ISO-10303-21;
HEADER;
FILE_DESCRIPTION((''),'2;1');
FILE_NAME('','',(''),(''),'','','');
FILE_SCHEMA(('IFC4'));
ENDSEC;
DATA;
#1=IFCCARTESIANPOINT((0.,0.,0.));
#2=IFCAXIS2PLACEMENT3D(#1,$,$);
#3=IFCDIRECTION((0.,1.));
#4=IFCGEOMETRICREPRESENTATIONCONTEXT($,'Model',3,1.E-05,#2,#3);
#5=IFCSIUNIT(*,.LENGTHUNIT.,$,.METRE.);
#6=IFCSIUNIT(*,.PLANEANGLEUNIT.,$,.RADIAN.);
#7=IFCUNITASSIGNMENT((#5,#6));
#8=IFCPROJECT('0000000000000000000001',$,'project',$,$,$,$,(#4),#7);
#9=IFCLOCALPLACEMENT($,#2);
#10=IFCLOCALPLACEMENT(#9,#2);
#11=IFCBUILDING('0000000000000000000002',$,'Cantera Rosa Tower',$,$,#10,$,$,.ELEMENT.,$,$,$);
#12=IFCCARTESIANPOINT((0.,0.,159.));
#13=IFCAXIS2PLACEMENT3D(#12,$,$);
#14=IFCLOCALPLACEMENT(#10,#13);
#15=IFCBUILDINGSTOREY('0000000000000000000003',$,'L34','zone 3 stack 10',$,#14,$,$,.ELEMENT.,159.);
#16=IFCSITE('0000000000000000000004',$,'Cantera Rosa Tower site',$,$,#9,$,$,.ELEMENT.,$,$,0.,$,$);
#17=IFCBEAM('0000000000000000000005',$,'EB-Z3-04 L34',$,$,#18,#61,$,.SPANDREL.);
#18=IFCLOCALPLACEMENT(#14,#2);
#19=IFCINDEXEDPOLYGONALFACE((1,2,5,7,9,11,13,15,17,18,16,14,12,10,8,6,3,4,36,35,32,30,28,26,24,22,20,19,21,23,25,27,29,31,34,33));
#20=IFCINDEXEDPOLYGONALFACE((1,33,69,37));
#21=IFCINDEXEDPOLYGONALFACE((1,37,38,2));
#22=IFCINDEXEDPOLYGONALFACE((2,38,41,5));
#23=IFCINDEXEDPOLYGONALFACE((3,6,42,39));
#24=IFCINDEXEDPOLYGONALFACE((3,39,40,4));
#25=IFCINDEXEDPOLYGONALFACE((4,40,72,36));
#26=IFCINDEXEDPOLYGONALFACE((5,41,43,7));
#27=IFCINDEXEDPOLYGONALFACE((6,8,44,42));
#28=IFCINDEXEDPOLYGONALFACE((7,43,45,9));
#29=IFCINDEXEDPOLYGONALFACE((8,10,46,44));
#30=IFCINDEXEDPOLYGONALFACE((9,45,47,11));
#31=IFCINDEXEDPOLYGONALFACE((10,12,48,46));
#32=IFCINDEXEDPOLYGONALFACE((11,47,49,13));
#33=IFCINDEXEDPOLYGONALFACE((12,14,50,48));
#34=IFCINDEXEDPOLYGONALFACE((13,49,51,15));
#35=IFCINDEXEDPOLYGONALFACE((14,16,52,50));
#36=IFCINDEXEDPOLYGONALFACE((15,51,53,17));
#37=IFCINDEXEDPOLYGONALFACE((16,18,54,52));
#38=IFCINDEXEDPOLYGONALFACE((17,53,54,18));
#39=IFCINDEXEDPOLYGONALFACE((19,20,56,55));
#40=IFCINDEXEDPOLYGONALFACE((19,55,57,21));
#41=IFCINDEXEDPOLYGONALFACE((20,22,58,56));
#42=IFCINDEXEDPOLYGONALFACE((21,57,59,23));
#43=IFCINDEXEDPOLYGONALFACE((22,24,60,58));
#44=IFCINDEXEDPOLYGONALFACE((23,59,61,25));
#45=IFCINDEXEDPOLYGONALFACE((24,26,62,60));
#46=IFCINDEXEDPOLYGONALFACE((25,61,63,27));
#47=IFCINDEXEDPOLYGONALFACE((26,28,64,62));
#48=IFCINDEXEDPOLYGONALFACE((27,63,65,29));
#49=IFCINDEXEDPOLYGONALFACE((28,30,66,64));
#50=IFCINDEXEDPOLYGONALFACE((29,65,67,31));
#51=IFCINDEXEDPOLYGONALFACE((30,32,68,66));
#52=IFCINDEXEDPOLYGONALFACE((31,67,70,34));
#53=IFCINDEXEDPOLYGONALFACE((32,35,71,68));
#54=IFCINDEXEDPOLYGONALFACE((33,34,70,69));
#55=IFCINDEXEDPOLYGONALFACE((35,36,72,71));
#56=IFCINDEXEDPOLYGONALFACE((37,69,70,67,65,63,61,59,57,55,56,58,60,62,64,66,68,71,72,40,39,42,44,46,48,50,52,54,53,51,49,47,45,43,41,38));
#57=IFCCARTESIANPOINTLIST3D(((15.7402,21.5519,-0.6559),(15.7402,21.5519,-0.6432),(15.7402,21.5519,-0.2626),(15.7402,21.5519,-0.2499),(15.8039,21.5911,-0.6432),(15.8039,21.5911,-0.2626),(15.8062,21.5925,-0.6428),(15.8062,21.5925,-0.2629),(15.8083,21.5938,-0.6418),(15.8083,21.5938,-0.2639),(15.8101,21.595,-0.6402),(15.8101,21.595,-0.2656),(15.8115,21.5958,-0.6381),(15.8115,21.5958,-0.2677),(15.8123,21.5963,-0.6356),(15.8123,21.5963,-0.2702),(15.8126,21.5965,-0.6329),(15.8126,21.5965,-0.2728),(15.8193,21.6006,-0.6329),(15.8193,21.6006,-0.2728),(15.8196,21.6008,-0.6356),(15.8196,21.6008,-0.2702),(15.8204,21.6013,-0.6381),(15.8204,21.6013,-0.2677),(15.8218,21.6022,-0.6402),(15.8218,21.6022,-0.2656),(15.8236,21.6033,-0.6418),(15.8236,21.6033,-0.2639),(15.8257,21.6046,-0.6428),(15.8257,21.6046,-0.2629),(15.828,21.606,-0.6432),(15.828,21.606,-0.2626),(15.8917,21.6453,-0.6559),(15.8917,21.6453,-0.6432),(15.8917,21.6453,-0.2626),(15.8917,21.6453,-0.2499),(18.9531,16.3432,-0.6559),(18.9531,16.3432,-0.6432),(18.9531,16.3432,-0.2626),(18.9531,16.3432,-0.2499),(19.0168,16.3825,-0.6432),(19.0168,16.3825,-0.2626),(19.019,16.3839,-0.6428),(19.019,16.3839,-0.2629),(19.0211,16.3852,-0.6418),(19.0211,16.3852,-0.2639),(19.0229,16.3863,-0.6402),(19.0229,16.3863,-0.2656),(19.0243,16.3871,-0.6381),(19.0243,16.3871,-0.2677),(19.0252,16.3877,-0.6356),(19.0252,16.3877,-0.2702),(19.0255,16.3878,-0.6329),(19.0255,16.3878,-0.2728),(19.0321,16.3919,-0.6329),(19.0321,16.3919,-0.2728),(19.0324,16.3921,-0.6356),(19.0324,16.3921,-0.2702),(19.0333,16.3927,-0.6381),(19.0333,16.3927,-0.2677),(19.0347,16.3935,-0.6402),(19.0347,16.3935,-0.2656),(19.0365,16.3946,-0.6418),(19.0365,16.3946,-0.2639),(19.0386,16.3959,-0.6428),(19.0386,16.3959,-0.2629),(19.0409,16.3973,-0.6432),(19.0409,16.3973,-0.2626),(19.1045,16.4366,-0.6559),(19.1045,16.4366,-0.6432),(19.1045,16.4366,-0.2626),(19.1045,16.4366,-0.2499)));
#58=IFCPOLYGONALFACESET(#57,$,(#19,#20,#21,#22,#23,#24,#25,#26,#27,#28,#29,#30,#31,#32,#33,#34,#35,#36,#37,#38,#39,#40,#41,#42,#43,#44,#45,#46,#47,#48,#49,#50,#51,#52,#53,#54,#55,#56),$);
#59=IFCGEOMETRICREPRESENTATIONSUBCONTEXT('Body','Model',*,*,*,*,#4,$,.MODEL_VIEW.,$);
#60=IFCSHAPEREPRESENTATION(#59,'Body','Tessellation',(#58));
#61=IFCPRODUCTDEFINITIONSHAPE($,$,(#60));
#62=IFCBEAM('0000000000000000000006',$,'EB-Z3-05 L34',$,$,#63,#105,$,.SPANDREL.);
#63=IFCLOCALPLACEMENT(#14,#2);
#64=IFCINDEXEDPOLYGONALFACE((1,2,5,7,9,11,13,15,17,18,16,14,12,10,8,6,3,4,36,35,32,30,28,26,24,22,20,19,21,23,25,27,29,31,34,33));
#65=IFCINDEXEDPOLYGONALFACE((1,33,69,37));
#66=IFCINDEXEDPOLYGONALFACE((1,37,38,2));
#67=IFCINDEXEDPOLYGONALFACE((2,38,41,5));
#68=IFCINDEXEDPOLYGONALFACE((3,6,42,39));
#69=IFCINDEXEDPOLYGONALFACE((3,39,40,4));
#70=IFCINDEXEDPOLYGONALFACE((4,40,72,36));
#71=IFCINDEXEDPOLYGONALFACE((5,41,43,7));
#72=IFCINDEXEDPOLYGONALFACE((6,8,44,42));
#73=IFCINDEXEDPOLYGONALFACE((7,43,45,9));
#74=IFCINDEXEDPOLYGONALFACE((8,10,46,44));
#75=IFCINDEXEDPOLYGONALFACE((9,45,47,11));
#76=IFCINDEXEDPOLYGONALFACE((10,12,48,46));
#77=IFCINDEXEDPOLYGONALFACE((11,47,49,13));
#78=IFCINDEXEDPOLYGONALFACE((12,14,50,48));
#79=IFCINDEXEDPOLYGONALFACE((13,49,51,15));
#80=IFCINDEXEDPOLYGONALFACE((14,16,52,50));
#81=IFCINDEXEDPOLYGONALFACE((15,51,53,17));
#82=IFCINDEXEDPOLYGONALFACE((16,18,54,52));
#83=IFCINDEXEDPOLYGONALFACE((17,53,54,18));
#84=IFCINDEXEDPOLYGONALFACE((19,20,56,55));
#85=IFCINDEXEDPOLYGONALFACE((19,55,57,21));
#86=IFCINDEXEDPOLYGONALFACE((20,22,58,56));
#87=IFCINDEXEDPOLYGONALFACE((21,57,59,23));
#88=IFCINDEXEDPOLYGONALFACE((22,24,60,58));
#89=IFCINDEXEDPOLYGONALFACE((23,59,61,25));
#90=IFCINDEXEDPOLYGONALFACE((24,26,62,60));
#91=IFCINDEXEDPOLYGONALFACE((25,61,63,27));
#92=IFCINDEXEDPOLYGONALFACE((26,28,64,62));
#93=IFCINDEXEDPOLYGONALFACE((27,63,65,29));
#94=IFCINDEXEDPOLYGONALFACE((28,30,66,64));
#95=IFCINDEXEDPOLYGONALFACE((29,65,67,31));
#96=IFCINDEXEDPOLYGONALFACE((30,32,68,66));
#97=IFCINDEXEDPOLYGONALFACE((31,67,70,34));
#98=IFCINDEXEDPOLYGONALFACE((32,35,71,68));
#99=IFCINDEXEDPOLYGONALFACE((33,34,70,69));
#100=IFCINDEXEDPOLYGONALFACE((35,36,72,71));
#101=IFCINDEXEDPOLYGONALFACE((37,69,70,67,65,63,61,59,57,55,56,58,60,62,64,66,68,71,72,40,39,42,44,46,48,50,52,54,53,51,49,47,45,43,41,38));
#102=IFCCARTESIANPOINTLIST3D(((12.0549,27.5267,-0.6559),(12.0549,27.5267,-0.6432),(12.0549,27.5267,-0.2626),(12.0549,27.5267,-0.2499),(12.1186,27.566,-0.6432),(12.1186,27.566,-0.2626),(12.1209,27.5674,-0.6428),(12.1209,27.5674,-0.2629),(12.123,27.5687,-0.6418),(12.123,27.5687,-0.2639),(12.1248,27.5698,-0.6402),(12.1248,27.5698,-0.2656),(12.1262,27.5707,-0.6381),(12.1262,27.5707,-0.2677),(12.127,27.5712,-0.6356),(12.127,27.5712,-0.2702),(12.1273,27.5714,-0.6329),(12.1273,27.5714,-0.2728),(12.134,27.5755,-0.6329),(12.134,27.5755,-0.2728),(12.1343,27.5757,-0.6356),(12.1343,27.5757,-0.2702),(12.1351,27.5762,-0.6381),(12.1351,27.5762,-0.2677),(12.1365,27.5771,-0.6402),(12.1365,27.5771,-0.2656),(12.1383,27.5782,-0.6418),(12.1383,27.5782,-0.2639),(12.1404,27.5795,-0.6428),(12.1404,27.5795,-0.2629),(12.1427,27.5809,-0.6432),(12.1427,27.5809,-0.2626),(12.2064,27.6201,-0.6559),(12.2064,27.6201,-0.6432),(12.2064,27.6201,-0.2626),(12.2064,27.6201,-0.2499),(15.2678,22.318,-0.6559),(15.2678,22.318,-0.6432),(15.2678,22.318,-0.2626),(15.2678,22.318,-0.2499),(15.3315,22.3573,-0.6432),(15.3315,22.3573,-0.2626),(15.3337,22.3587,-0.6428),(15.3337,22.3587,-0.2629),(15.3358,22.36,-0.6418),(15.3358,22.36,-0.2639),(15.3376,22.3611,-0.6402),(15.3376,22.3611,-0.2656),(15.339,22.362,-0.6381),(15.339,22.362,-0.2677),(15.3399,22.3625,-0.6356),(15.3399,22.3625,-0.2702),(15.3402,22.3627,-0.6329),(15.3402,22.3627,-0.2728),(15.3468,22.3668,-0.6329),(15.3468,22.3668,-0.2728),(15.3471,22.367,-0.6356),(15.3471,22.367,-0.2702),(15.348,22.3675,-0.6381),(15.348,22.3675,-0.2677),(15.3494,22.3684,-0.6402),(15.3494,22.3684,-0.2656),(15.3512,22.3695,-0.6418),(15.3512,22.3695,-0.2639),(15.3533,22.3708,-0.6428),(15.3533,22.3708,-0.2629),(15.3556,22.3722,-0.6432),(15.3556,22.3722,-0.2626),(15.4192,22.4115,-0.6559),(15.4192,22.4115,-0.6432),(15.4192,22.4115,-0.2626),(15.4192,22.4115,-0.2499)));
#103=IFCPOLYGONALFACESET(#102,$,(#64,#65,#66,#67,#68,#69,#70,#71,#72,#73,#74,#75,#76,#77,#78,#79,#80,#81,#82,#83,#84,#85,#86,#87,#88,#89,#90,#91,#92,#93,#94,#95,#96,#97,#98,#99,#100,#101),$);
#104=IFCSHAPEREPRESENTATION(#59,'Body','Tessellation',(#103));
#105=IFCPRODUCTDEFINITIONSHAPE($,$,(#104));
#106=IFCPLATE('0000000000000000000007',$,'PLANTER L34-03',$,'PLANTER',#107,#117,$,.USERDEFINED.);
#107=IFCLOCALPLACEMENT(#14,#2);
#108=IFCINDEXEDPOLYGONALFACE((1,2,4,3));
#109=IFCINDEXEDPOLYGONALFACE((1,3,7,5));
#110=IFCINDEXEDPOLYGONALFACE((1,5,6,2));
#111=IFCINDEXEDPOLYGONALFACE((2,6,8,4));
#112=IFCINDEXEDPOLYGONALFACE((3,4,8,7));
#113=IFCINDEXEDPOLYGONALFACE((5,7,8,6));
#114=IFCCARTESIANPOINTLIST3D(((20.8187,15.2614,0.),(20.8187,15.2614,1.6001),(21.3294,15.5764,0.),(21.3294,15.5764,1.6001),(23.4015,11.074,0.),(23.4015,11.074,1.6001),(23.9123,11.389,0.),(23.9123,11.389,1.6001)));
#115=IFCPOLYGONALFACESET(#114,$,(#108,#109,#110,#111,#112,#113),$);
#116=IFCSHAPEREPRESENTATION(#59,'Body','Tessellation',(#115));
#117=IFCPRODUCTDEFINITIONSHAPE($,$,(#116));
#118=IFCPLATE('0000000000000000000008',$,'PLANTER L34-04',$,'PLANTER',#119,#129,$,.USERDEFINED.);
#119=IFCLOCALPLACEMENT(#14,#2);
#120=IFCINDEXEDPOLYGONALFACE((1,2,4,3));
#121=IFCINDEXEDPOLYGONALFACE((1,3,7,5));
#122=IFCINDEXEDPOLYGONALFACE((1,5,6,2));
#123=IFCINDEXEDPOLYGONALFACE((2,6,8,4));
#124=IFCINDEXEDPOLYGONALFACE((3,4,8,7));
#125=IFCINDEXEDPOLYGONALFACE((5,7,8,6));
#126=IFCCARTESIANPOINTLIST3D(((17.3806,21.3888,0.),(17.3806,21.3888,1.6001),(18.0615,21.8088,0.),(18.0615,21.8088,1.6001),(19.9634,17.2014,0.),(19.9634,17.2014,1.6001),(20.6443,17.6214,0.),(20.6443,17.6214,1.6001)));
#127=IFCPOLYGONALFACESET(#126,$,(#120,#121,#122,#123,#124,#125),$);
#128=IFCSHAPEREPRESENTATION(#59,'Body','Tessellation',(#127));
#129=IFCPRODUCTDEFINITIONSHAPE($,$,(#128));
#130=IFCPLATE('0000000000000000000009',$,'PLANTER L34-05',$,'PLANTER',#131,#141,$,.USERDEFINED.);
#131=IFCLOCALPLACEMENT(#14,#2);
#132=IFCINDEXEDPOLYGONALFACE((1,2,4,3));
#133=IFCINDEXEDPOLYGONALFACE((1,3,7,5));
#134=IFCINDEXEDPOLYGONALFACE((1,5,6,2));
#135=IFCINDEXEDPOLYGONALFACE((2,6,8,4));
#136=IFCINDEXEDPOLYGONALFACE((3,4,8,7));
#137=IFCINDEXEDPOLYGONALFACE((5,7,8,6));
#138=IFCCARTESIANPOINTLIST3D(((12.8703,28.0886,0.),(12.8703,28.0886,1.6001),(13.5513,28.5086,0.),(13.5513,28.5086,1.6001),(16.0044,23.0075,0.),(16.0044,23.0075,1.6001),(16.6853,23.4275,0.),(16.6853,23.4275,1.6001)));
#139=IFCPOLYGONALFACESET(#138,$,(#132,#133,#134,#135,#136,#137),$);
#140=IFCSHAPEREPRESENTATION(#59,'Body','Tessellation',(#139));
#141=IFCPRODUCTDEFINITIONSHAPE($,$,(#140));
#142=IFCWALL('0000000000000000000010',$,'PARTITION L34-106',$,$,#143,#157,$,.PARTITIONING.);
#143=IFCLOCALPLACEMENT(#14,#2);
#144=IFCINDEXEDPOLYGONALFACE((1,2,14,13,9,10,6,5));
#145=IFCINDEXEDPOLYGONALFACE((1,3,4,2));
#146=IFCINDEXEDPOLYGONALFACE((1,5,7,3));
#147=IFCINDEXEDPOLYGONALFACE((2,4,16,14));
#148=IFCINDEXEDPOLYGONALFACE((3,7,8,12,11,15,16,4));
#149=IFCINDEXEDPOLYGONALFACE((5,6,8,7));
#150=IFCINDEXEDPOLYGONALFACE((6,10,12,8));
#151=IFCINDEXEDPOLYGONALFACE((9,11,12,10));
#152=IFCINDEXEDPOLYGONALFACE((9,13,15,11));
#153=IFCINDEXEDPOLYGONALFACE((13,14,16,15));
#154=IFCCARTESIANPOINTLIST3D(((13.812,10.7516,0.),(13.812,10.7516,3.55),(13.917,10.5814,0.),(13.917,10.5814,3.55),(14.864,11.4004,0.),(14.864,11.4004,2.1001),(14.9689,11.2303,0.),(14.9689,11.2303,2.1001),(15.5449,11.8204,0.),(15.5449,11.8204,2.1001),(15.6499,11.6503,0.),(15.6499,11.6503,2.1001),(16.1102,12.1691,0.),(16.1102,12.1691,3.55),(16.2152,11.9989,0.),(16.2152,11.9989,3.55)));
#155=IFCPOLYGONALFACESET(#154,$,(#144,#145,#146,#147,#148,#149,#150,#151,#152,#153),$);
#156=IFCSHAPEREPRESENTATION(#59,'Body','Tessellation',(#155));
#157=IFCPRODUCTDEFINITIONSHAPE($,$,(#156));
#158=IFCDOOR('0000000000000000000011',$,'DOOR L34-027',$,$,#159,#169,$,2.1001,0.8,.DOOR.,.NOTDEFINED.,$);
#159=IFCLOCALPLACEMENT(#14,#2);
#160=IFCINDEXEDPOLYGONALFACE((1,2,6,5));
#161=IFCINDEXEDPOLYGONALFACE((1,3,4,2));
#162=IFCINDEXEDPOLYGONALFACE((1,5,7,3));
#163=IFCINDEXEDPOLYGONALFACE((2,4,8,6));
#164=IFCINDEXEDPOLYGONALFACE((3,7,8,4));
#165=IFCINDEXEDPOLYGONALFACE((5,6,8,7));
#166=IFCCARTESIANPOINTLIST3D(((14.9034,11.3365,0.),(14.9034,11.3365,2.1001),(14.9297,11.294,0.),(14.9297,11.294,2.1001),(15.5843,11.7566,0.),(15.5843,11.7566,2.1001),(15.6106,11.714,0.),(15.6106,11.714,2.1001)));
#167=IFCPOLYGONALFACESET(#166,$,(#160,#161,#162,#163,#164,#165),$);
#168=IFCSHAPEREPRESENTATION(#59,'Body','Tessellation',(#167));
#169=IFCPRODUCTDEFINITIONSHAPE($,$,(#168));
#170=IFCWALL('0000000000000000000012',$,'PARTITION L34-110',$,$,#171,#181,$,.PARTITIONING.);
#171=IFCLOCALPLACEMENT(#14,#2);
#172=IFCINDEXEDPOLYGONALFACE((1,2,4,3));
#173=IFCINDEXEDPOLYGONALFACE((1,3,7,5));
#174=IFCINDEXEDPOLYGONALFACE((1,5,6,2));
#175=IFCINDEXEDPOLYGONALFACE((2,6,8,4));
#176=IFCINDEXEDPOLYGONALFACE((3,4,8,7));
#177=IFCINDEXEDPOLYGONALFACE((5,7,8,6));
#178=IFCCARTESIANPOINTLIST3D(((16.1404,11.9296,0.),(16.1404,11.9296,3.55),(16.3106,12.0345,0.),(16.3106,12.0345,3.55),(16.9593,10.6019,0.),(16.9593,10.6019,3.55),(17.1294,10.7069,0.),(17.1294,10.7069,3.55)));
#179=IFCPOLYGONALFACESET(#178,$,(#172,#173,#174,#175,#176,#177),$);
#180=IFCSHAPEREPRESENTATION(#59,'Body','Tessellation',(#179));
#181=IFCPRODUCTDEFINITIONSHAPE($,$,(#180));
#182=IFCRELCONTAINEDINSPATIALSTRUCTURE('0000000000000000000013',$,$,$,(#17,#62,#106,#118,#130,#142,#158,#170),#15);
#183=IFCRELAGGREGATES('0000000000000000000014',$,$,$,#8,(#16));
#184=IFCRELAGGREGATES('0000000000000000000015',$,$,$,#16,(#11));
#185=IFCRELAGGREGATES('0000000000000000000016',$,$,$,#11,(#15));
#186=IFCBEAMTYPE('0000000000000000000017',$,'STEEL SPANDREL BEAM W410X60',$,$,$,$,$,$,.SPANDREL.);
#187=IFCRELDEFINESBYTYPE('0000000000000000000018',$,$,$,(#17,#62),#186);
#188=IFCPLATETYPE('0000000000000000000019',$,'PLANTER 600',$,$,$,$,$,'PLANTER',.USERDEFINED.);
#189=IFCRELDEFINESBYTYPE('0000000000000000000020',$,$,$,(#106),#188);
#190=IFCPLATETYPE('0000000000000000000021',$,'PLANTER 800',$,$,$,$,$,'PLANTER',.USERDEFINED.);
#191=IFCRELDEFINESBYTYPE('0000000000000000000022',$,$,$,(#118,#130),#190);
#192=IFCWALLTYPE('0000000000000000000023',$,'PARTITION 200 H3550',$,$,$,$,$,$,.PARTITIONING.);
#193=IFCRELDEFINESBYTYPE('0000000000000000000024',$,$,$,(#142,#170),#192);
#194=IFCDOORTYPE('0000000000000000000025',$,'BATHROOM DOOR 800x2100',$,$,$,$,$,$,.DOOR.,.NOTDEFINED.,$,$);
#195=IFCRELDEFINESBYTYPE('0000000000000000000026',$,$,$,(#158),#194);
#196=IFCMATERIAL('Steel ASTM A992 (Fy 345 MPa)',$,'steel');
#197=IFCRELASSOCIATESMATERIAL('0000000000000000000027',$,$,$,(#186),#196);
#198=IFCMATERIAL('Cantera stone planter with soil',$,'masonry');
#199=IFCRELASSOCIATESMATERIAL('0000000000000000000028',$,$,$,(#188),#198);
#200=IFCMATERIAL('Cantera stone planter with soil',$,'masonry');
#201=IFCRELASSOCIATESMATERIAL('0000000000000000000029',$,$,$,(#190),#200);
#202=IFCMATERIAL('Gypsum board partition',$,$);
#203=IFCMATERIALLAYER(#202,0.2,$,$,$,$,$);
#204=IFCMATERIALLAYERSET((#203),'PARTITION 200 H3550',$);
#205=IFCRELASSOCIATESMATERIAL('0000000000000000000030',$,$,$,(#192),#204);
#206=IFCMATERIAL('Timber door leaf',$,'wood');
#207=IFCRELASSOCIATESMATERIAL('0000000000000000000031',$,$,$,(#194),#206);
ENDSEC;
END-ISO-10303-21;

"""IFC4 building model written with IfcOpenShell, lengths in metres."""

from ifc_helpers import new_model, si_unit, direction, frame, frame_2d, origin, origin_2d, place, context, subcontext, project, spatial, rectangle, i_section, extrude, material, layer, layer_set, material_profile, profile_set, type_object, element, fill, save


model = new_model("IFC4")

# Units and contexts
model_context = context("Model", 3, precision=1e-05, world=origin(), true_north=direction((0.0, 1.0)))
body_context = subcontext(model_context, "Body", "Model", "MODEL_VIEW")
ifc_project = project(units=[si_unit("LENGTHUNIT", "METRE"), si_unit("PLANEANGLEUNIT", "RADIAN")], contexts=[model_context])

# Site, building, storey
site_placement = place(None, origin())
site = spatial("IfcSite", under=ifc_project, at=site_placement, Name="Cantera Rosa Tower site", CompositionType="ELEMENT", RefElevation=0.0)
building_placement = place(site_placement, origin())
building = spatial("IfcBuilding", under=site, at=building_placement, Name="Cantera Rosa Tower", CompositionType="ELEMENT")
storey_placement = place(building_placement, frame((0.0, 0.0, 159.0)))
storey = spatial("IfcBuildingStorey", under=building, at=storey_placement, Name="L34", Description="zone 3 stack 10", CompositionType="ELEMENT", Elevation=159.0)

# Beams
ifc_material_1 = material(Name="Steel ASTM A992 (Fy 345 MPa)", Category="steel")
ifc_material_profile_1 = material_profile(ifc_material_1, i_section(OverallWidth=0.178, OverallDepth=0.406, WebThickness=0.0078, FlangeThickness=0.0127, FilletRadius=0.0103, at=origin_2d()), Name="W410X60")
ifc_profile_set_1 = profile_set([ifc_material_profile_1], Name="Steel ASTM A992 (Fy 345 MPa)")
beam_type_1 = type_object("IfcBeamType", Name="STEEL SPANDREL BEAM W410X60", PredefinedType="SPANDREL", material=ifc_profile_set_1)
for number, where, z_axis, x_axis, name in (
    (1, (19.0288, 16.3899, -0.4529), (-0.524987, 0.85111, 0.0), (-0.85111, -0.524987, 0.0), "EB-Z3-04 L34"),
    (2, (15.3435, 22.3647, -0.4529), (-0.524987, 0.85111, 0.0), (-0.85111, -0.524987, 0.0), "EB-Z3-05 L34"),
):
    element("IfcBeam", number, at=place(storey_placement, frame(where, z_axis=z_axis, x_axis=x_axis)), inside=storey, type_object=beam_type_1, Name=name, PredefinedType="SPANDREL", context=body_context, shape_type="SweptSolid", body=[
        extrude(i_section(OverallWidth=0.178, OverallDepth=0.406, WebThickness=0.0078, FlangeThickness=0.0127, FilletRadius=0.0103, at=origin_2d()), origin(), (0.0, 0.0, 1.0), 6.1199),
    ])

# Plates
ifc_material_2 = material(Name="Cantera stone planter with soil", Category="masonry")
plate_type_1 = type_object("IfcPlateType", Name="PLANTER 600", ElementType="PLANTER", PredefinedType="USERDEFINED", material=ifc_material_2)
plate_1_placement = place(storey_placement, frame((22.3655, 13.3252, 0.0), z_axis=(0.0, 0.0, 1.0), x_axis=(-0.524977, 0.851117, 0.0)))
element("IfcPlate", 3, at=plate_1_placement, inside=storey, type_object=plate_type_1, Name="PLANTER L34-03", ObjectType="PLANTER", PredefinedType="USERDEFINED", context=body_context, shape_type="SweptSolid", body=[
    extrude(rectangle(XDim=4.9199, YDim=0.6001, at=origin_2d()), origin(), (0.0, 0.0, 1.0), 1.6001),
])
ifc_material_3 = material(Name="Cantera stone planter with soil", Category="masonry")
plate_type_2 = type_object("IfcPlateType", Name="PLANTER 800", ElementType="PLANTER", PredefinedType="USERDEFINED", material=ifc_material_3)
plate_2_placement = place(storey_placement, frame((19.0125, 19.5051, 0.0), z_axis=(0.0, 0.0, 1.0), x_axis=(-0.524977, 0.851117, 0.0)))
element("IfcPlate", 4, at=plate_2_placement, inside=storey, type_object=plate_type_2, Name="PLANTER L34-04", ObjectType="PLANTER", PredefinedType="USERDEFINED", context=body_context, shape_type="SweptSolid", body=[
    extrude(rectangle(XDim=4.9199, YDim=0.8, at=origin_2d()), origin(), (0.0, 0.0, 1.0), 1.6001),
])
plate_3_placement = place(storey_placement, frame((14.7778, 25.7581, 0.0), z_axis=(0.0, 0.0, 1.0), x_axis=(-0.524977, 0.851117, 0.0)))
element("IfcPlate", 5, at=plate_3_placement, inside=storey, type_object=plate_type_2, Name="PLANTER L34-05", ObjectType="PLANTER", PredefinedType="USERDEFINED", context=body_context, shape_type="SweptSolid", body=[
    extrude(rectangle(XDim=5.97, YDim=0.8, at=origin_2d()), origin(), (0.0, 0.0, 1.0), 1.6001),
])

# Wall, opening, door
ifc_material_4 = material(Name="Gypsum board partition")
ifc_layer_1 = layer(ifc_material_4, 0.2)
ifc_layer_set_1 = layer_set([ifc_layer_1], Name="PARTITION 200 H3550")
wall_type_1 = type_object("IfcWallType", Name="PARTITION 200 H3550", PredefinedType="PARTITIONING", material=ifc_layer_set_1)
wall_1_placement = place(storey_placement, frame((13.8645, 10.6665, 0.0), z_axis=(0.0, 0.0, 1.0), x_axis=(0.851118, 0.524975, 0.0)))
wall_1 = element("IfcWall", 6, at=wall_1_placement, inside=storey, type_object=wall_type_1, Name="PARTITION L34-106", PredefinedType="PARTITIONING", context=body_context, shape_type="SweptSolid", body=[
    extrude(rectangle(XDim=2.7002, YDim=0.2, at=frame_2d((1.3501, 0.0))), origin(), (0.0, 0.0, 1.0), 3.55),
])
opening_1_placement = place(wall_1_placement, frame((1.2361, 0.0, 0.0)))
opening_1 = element("IfcOpeningElement", 7, at=opening_1_placement, cuts=wall_1, PredefinedType="OPENING", context=body_context, shape_type="SweptSolid", body=[
    extrude(rectangle(XDim=0.8, YDim=2.1001, at=frame_2d((0.3999, 1.05))), frame((0.0, 0.1099, 0.0), z_axis=(0.0, -1.0, 0.0), x_axis=(1.0, 0.0, 0.0)), (0.0, 0.0, 1.0), 0.22),
])
ifc_material_5 = material(Name="Timber door leaf", Category="wood")
door_type_1 = type_object("IfcDoorType", Name="BATHROOM DOOR 800x2100", OperationType="NOTDEFINED", PredefinedType="DOOR", material=ifc_material_5)
door_1_placement = place(opening_1_placement, origin())
door_1 = element("IfcDoor", 8, at=door_1_placement, inside=storey, type_object=door_type_1, Name="DOOR L34-027", OperationType="NOTDEFINED", OverallHeight=2.1001, OverallWidth=0.8, PredefinedType="DOOR", context=body_context, shape_type="SweptSolid", body=[
    extrude(rectangle(XDim=0.8, YDim=2.1001, at=frame_2d((0.3999, 1.05))), frame((0.0, 0.0249, 0.0), z_axis=(0.0, -1.0, 0.0), x_axis=(1.0, 0.0, 0.0)), (0.0, 0.0, 1.0), 0.05),
])
fill(opening_1, door_1)

# Wall
wall_2_placement = place(storey_placement, frame((16.2256, 11.9819, 0.0), z_axis=(0.0, 0.0, 1.0), x_axis=(0.524953, -0.851131, 0.0)))
element("IfcWall", 9, at=wall_2_placement, inside=storey, type_object=wall_type_1, Name="PARTITION L34-110", PredefinedType="PARTITIONING", context=body_context, shape_type="SweptSolid", body=[
    extrude(rectangle(XDim=1.5598, YDim=0.2, at=frame_2d((0.7798, 0.0))), origin(), (0.0, 0.0, 1.0), 3.55),
])

save(model, "model.ifc")
